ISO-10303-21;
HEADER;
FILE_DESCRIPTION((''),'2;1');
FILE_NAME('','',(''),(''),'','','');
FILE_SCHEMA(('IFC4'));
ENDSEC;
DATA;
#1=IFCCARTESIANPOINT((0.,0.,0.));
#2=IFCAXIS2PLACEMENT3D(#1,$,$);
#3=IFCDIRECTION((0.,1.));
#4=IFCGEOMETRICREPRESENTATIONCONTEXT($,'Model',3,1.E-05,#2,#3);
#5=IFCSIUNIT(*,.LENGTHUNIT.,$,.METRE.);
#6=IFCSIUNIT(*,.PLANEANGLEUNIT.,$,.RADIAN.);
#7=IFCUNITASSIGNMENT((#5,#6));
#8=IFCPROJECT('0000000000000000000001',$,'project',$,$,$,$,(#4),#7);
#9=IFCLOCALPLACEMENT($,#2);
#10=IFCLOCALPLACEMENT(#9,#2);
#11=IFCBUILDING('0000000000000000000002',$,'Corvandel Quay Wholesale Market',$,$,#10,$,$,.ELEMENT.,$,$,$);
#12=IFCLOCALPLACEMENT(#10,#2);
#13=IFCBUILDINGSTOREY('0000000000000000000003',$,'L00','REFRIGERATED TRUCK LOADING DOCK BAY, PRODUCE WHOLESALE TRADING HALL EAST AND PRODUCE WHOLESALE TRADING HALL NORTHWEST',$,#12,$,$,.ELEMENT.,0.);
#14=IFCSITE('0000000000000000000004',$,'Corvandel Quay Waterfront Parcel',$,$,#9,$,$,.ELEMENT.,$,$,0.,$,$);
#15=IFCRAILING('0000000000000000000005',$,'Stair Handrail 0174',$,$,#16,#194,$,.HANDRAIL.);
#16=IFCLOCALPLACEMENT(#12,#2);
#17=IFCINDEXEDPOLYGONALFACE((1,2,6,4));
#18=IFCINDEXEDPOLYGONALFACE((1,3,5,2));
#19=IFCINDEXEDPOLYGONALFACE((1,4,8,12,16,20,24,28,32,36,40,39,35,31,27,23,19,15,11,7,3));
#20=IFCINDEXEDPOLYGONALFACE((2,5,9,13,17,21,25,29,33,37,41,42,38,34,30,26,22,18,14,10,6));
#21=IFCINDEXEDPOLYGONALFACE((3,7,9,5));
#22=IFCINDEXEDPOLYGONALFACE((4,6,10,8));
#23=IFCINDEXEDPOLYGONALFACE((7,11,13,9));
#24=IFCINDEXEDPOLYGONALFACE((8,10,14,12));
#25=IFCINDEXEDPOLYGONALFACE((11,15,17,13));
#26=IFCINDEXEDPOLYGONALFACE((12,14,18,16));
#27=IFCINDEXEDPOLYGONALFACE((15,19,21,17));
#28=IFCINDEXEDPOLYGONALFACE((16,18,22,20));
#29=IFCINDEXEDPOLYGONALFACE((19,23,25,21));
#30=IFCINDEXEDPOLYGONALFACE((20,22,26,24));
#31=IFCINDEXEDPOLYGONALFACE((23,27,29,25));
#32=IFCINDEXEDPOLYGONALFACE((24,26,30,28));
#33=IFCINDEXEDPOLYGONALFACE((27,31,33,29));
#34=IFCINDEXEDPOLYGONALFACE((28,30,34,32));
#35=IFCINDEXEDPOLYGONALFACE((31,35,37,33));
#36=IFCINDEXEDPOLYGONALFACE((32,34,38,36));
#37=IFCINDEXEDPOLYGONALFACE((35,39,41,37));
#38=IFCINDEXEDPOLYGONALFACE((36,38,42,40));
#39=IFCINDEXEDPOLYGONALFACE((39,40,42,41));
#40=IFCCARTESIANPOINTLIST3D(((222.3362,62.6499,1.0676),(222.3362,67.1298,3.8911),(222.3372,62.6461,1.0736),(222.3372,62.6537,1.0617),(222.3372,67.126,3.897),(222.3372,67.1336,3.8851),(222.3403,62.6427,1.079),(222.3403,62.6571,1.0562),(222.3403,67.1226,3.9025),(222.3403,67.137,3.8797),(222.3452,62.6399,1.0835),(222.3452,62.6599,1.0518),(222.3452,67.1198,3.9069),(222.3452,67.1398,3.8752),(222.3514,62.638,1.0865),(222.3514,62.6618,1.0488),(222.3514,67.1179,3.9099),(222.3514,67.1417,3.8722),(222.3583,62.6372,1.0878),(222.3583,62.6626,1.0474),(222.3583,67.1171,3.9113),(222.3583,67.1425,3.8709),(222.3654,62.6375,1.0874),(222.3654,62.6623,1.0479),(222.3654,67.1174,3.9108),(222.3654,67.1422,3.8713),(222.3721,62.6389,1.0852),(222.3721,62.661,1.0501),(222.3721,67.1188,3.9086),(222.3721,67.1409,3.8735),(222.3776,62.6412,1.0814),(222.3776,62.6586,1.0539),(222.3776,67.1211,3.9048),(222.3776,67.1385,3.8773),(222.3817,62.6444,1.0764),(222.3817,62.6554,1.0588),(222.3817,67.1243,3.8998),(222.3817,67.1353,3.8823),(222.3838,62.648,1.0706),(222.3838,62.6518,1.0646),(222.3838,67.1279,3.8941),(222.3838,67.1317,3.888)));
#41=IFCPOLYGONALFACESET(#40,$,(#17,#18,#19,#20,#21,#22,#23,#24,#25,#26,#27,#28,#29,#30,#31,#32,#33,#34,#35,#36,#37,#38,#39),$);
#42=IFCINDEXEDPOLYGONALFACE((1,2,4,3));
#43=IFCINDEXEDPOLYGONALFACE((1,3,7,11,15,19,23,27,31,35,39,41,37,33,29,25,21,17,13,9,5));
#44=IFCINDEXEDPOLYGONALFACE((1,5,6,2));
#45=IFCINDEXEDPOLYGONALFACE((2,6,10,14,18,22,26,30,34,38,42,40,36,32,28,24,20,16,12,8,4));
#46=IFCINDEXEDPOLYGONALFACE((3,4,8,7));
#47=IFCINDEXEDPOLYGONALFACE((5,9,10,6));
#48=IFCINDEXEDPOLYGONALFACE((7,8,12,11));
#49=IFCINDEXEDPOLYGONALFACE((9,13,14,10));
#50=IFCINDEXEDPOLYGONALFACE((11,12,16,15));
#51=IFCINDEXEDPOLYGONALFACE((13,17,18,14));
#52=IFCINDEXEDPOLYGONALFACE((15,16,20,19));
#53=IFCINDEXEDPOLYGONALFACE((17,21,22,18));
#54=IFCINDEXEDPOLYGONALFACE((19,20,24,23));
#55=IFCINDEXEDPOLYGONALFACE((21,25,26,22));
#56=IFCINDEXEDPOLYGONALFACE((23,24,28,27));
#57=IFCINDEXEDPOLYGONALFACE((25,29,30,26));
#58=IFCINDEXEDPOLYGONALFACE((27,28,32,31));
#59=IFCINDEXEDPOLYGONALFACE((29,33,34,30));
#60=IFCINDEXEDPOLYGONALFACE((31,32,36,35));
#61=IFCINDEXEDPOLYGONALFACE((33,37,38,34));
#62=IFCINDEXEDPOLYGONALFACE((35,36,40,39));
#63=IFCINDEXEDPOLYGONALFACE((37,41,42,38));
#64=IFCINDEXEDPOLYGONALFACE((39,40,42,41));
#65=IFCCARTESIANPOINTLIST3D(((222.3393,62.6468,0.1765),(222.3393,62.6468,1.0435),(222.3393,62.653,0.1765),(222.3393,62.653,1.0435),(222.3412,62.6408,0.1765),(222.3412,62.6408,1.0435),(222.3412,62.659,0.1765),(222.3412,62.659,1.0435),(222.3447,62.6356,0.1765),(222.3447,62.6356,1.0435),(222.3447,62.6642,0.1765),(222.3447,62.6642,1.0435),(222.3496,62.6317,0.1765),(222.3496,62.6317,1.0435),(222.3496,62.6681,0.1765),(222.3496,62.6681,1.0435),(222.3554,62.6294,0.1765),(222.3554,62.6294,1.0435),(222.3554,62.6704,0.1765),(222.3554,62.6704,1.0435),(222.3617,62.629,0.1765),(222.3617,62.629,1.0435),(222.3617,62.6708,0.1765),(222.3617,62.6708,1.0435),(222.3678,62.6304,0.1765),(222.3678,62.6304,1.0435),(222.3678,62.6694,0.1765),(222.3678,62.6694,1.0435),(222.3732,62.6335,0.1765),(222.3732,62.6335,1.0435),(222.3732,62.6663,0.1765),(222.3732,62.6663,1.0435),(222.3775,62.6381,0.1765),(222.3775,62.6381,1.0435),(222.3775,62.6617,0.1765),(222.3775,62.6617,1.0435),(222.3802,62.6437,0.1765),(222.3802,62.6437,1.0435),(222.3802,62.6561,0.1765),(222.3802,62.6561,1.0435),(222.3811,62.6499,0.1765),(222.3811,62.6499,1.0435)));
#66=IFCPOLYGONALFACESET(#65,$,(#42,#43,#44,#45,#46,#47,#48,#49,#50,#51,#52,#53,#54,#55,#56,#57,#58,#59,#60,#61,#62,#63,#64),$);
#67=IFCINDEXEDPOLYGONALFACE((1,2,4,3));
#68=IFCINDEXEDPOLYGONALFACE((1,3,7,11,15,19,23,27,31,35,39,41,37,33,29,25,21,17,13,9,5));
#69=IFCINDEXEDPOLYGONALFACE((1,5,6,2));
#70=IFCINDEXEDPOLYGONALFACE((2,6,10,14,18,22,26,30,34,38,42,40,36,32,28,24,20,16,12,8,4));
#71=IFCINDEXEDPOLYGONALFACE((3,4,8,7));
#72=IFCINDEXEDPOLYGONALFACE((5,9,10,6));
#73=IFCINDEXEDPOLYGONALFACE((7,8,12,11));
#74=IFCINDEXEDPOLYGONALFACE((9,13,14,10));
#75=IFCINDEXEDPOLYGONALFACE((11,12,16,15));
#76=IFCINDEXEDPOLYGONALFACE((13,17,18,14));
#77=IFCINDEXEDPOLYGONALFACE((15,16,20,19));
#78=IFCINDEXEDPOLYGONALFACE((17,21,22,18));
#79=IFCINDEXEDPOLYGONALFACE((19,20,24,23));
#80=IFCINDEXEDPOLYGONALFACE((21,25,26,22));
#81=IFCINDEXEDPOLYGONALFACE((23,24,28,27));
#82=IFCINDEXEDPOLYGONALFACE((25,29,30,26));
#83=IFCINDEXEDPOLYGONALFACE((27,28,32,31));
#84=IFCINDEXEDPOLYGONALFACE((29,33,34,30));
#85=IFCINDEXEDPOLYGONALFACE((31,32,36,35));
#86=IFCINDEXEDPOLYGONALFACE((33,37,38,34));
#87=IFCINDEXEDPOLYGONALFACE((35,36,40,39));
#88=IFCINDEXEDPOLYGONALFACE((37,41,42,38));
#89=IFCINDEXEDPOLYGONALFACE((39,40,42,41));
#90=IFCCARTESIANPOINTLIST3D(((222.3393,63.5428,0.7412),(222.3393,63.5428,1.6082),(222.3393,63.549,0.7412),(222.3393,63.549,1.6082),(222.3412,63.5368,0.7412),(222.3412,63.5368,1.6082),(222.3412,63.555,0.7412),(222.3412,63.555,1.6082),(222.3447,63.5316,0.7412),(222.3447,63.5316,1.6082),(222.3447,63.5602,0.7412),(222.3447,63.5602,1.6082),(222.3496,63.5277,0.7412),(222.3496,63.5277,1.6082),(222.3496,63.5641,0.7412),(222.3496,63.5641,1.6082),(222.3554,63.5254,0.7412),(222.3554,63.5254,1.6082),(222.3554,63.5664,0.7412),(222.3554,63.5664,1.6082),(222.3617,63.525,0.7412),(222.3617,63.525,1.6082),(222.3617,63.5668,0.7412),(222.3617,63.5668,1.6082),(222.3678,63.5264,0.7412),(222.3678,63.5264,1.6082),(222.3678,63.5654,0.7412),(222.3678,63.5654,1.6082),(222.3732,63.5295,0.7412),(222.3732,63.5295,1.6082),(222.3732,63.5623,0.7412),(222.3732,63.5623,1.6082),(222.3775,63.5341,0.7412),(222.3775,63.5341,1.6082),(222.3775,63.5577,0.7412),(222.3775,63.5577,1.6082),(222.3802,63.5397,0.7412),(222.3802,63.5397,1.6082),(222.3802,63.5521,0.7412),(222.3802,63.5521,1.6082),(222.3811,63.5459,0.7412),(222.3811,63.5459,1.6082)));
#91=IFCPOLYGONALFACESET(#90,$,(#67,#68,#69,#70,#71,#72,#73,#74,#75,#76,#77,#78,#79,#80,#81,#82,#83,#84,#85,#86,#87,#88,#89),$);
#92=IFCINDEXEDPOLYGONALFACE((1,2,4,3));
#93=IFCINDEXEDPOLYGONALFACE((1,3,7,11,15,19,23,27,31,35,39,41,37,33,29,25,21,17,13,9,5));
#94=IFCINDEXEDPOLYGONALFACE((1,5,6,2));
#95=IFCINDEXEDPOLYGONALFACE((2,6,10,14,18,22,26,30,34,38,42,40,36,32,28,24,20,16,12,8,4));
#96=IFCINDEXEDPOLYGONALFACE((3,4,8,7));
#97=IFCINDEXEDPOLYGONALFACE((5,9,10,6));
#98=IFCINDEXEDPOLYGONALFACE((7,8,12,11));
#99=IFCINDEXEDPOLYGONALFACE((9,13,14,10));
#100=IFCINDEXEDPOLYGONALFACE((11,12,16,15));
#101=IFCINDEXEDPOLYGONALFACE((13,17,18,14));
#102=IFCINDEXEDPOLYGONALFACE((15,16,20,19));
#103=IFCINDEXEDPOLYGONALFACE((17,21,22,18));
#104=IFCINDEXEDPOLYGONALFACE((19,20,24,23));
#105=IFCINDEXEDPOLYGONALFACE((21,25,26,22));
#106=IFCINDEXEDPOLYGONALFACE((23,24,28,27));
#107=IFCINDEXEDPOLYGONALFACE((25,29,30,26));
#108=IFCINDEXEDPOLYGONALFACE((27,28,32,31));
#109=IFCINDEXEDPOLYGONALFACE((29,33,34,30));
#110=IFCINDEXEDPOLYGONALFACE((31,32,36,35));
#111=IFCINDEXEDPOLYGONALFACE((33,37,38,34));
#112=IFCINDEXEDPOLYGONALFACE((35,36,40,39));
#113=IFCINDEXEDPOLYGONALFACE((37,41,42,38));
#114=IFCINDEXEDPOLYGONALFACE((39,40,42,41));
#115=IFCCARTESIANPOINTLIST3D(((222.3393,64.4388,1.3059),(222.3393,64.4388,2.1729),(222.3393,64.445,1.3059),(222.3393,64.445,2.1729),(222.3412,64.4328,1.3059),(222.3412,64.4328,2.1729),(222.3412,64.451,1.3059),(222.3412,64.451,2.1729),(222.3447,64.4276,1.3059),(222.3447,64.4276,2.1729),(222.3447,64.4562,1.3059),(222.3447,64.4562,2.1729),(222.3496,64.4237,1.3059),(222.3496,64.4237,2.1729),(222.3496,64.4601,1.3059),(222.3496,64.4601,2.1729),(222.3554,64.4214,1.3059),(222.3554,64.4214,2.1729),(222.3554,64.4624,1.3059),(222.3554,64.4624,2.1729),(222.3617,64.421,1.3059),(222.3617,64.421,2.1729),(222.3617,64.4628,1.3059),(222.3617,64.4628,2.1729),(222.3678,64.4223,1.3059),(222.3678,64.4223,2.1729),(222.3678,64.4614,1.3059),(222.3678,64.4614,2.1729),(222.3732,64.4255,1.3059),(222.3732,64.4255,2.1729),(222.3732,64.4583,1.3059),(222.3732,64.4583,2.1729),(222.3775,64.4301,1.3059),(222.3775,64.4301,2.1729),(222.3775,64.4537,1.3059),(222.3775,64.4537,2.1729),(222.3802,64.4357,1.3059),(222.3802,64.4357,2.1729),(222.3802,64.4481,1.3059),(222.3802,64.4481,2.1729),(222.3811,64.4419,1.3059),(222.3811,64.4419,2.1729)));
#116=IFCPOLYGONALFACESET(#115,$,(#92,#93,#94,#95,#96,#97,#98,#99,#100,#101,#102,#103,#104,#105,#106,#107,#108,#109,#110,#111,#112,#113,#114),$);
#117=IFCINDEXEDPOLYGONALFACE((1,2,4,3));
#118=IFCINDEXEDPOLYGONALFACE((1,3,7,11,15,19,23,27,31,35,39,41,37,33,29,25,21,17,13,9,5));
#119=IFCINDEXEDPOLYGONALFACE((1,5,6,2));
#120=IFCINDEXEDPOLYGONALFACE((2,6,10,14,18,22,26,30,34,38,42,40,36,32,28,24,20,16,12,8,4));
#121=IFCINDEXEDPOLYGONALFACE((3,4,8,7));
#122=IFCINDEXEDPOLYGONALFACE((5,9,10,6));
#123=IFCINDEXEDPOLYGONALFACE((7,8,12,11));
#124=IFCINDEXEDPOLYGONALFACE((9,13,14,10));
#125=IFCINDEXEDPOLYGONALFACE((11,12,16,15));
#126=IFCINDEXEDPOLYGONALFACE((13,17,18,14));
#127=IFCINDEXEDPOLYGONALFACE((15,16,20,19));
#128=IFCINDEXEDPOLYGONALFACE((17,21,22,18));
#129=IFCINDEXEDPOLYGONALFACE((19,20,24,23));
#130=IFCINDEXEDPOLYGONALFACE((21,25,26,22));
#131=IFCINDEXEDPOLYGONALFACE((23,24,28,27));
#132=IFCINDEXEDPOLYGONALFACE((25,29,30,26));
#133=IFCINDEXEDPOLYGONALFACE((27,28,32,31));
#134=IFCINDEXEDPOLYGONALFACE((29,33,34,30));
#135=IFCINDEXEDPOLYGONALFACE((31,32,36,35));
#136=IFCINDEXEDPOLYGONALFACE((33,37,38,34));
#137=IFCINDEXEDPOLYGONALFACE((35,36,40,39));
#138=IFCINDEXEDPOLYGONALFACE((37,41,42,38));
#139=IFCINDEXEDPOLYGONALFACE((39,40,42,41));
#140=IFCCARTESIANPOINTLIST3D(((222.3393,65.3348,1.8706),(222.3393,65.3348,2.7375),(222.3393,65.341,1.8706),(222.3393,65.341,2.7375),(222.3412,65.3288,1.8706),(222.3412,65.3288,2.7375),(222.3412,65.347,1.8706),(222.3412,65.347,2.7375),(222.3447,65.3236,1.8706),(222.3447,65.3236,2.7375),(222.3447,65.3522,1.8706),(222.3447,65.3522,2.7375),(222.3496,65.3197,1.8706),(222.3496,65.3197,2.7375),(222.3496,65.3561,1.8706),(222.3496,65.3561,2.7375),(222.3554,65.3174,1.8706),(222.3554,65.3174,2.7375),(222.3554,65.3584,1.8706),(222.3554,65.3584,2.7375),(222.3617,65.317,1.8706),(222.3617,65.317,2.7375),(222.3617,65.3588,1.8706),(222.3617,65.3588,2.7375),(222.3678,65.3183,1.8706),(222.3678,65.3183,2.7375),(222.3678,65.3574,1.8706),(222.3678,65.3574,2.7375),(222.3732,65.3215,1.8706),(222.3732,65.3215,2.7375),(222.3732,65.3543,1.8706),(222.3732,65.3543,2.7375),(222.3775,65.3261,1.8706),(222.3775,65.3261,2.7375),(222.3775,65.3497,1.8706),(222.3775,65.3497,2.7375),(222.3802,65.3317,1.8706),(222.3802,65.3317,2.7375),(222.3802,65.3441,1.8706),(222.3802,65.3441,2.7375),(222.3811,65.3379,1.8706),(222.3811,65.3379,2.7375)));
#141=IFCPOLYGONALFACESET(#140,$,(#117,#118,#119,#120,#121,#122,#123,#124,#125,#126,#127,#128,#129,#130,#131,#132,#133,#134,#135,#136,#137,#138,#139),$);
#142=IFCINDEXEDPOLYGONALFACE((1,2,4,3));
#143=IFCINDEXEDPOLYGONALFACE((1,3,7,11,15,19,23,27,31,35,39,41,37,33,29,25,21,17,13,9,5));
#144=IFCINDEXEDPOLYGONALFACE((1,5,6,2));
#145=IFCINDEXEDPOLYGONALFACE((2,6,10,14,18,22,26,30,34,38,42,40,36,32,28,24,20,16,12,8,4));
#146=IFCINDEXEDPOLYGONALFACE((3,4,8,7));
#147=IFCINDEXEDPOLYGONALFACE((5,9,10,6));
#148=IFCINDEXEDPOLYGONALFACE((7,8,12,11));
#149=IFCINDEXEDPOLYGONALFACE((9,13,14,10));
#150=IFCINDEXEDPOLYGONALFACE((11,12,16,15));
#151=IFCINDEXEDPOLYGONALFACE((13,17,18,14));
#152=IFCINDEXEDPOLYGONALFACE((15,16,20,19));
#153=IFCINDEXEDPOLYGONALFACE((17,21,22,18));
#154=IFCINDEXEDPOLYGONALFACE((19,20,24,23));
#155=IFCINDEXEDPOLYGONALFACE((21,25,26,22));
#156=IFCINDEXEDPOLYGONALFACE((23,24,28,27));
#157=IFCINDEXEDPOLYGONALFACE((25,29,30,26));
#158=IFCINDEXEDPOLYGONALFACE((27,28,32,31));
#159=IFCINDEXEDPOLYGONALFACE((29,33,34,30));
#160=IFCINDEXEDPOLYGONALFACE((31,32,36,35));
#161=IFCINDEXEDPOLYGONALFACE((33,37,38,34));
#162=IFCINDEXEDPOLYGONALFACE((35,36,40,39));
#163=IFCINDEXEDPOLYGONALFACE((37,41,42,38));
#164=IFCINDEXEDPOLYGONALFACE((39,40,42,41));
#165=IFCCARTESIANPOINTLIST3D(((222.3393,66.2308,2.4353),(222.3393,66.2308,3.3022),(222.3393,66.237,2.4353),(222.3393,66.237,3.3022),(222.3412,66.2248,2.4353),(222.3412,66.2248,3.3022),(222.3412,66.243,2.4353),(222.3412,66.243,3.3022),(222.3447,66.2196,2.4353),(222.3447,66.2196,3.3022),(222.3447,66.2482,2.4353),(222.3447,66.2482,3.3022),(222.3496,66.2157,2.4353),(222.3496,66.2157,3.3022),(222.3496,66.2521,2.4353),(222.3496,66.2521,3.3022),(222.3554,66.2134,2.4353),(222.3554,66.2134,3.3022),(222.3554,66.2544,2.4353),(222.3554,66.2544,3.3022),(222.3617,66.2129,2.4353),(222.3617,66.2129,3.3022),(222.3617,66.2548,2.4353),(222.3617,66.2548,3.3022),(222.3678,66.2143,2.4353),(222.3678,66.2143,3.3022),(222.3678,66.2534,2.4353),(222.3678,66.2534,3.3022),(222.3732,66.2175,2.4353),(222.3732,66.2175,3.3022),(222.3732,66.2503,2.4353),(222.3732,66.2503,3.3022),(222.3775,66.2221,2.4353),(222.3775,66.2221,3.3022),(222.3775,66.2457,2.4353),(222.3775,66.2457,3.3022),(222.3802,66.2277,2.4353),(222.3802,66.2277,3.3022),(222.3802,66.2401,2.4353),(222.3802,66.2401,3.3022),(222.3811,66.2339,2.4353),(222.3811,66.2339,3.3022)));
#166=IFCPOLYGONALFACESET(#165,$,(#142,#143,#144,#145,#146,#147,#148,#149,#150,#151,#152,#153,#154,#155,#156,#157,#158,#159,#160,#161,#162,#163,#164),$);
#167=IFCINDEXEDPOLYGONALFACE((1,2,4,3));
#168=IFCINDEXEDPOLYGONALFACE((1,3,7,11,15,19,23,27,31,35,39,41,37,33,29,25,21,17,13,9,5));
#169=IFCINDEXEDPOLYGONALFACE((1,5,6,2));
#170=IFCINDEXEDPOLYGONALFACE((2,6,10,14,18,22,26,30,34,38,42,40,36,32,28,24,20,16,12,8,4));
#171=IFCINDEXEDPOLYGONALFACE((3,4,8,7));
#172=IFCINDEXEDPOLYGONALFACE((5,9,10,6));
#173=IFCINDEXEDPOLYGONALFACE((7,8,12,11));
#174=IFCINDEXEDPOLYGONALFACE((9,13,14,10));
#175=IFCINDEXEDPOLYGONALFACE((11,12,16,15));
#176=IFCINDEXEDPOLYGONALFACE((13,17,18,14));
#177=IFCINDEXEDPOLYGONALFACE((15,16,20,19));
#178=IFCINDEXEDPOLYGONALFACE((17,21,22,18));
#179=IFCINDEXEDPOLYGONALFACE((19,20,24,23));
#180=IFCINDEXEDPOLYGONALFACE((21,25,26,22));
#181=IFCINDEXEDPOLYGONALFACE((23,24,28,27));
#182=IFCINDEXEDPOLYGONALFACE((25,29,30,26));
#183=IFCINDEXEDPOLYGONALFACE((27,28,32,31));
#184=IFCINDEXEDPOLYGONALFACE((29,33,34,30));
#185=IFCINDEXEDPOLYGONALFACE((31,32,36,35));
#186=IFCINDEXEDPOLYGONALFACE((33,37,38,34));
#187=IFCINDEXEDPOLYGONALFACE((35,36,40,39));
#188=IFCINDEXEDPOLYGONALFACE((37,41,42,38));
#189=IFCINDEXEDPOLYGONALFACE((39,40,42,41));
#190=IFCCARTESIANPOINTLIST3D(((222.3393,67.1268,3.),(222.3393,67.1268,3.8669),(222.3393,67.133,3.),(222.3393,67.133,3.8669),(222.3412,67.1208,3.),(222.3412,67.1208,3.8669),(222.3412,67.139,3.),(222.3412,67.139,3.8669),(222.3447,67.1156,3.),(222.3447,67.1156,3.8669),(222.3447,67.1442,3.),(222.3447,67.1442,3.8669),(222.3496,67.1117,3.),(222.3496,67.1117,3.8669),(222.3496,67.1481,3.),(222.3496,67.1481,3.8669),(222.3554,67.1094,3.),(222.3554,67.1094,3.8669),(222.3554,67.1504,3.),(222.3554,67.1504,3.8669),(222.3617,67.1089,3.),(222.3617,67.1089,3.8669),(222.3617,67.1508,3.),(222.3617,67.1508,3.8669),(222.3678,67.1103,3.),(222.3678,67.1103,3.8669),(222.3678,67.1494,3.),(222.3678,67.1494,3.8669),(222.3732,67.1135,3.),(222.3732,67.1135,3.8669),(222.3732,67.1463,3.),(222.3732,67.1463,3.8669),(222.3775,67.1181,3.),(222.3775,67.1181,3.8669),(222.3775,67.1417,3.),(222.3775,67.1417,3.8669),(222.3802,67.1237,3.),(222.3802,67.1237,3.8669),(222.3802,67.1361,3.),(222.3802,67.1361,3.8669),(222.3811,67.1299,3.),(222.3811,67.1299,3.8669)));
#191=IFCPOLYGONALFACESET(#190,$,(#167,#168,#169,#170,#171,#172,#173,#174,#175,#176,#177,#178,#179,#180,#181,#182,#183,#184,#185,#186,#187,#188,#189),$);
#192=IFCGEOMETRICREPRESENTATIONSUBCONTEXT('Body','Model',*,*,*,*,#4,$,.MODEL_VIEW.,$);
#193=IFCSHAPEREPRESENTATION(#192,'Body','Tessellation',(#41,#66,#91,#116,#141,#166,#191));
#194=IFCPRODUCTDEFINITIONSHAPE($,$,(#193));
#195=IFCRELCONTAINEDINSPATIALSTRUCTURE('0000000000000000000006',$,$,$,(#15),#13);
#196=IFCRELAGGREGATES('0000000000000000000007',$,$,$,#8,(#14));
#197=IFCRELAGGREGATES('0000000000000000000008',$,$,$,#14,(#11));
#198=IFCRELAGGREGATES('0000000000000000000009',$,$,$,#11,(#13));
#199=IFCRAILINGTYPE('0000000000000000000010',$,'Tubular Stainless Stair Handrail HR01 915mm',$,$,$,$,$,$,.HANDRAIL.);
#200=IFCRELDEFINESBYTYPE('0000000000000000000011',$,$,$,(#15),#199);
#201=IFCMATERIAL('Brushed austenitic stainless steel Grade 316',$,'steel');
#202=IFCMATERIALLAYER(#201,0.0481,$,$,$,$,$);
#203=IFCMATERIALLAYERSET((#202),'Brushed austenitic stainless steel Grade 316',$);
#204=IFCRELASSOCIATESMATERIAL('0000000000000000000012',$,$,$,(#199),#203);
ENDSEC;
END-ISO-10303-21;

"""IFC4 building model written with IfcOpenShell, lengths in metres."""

from ifc_helpers import new_model, si_unit, direction, frame, origin, origin_2d, place, context, subcontext, project, spatial, circle, extrude, material, layer, layer_set, type_object, element, save


model = new_model("IFC4")

# Units and contexts
model_context = context("Model", 3, precision=1e-05, world=origin(), true_north=direction((0.0, 1.0)))
body_context = subcontext(model_context, "Body", "Model", "MODEL_VIEW")
ifc_project = project(units=[si_unit("LENGTHUNIT", "METRE"), si_unit("PLANEANGLEUNIT", "RADIAN")], contexts=[model_context])

# Site, building, storey
site_placement = place(None, origin())
site = spatial("IfcSite", under=ifc_project, at=site_placement, Name="Corvandel Quay Waterfront Parcel", CompositionType="ELEMENT", RefElevation=0.0)
building_placement = place(site_placement, origin())
building = spatial("IfcBuilding", under=site, at=building_placement, Name="Corvandel Quay Wholesale Market", CompositionType="ELEMENT")
storey_placement = place(building_placement, origin())
storey = spatial("IfcBuildingStorey", under=building, at=storey_placement, Name="L00", Description="REFRIGERATED TRUCK LOADING DOCK BAY, PRODUCE WHOLESALE TRADING HALL EAST AND PRODUCE WHOLESALE TRADING HALL NORTHWEST", CompositionType="ELEMENT", Elevation=0.0)

# Railing
ifc_material_1 = material(Name="Brushed austenitic stainless steel Grade 316", Category="steel")
ifc_layer_1 = layer(ifc_material_1, 0.0481)
ifc_layer_set_1 = layer_set([ifc_layer_1], Name="Brushed austenitic stainless steel Grade 316")
railing_type_1 = type_object("IfcRailingType", Name="Tubular Stainless Stair Handrail HR01 915mm", PredefinedType="HANDRAIL", material=ifc_layer_set_1)
for number, where, name in (
    (1, (222.3601, 62.6499, 0.1765), "Stair Handrail 0174"),
):
    element("IfcRailing", number, at=place(storey_placement, frame(where)), inside=storey, type_object=railing_type_1, Name=name, PredefinedType="HANDRAIL", context=body_context, shape_type="SweptSolid", body=[
        extrude(circle(Radius=0.0239, at=origin_2d()), frame((0.0, 0.0, 0.8911), z_axis=(0.0, 0.845998, 0.533186), x_axis=(-1.0, 0.0, 0.0)), (0.0, 0.0, 1.0), 5.2954),
        extrude(circle(Radius=0.021, at=origin_2d()), origin(), (0.0, 0.0, 1.0), 0.8669),
        extrude(circle(Radius=0.021, at=origin_2d()), frame((0.0, 0.896, 0.5647)), (0.0, 0.0, 1.0), 0.8669),
        extrude(circle(Radius=0.021, at=origin_2d()), frame((0.0, 1.792, 1.1294)), (0.0, 0.0, 1.0), 0.8669),
        extrude(circle(Radius=0.021, at=origin_2d()), frame((0.0, 2.688, 1.6941)), (0.0, 0.0, 1.0), 0.8669),
        extrude(circle(Radius=0.021, at=origin_2d()), frame((0.0, 3.584, 2.2588)), (0.0, 0.0, 1.0), 0.8669),
        extrude(circle(Radius=0.021, at=origin_2d()), frame((0.0, 4.48, 2.8235)), (0.0, 0.0, 1.0), 0.8669),
    ])

save(model, "model.ifc")
